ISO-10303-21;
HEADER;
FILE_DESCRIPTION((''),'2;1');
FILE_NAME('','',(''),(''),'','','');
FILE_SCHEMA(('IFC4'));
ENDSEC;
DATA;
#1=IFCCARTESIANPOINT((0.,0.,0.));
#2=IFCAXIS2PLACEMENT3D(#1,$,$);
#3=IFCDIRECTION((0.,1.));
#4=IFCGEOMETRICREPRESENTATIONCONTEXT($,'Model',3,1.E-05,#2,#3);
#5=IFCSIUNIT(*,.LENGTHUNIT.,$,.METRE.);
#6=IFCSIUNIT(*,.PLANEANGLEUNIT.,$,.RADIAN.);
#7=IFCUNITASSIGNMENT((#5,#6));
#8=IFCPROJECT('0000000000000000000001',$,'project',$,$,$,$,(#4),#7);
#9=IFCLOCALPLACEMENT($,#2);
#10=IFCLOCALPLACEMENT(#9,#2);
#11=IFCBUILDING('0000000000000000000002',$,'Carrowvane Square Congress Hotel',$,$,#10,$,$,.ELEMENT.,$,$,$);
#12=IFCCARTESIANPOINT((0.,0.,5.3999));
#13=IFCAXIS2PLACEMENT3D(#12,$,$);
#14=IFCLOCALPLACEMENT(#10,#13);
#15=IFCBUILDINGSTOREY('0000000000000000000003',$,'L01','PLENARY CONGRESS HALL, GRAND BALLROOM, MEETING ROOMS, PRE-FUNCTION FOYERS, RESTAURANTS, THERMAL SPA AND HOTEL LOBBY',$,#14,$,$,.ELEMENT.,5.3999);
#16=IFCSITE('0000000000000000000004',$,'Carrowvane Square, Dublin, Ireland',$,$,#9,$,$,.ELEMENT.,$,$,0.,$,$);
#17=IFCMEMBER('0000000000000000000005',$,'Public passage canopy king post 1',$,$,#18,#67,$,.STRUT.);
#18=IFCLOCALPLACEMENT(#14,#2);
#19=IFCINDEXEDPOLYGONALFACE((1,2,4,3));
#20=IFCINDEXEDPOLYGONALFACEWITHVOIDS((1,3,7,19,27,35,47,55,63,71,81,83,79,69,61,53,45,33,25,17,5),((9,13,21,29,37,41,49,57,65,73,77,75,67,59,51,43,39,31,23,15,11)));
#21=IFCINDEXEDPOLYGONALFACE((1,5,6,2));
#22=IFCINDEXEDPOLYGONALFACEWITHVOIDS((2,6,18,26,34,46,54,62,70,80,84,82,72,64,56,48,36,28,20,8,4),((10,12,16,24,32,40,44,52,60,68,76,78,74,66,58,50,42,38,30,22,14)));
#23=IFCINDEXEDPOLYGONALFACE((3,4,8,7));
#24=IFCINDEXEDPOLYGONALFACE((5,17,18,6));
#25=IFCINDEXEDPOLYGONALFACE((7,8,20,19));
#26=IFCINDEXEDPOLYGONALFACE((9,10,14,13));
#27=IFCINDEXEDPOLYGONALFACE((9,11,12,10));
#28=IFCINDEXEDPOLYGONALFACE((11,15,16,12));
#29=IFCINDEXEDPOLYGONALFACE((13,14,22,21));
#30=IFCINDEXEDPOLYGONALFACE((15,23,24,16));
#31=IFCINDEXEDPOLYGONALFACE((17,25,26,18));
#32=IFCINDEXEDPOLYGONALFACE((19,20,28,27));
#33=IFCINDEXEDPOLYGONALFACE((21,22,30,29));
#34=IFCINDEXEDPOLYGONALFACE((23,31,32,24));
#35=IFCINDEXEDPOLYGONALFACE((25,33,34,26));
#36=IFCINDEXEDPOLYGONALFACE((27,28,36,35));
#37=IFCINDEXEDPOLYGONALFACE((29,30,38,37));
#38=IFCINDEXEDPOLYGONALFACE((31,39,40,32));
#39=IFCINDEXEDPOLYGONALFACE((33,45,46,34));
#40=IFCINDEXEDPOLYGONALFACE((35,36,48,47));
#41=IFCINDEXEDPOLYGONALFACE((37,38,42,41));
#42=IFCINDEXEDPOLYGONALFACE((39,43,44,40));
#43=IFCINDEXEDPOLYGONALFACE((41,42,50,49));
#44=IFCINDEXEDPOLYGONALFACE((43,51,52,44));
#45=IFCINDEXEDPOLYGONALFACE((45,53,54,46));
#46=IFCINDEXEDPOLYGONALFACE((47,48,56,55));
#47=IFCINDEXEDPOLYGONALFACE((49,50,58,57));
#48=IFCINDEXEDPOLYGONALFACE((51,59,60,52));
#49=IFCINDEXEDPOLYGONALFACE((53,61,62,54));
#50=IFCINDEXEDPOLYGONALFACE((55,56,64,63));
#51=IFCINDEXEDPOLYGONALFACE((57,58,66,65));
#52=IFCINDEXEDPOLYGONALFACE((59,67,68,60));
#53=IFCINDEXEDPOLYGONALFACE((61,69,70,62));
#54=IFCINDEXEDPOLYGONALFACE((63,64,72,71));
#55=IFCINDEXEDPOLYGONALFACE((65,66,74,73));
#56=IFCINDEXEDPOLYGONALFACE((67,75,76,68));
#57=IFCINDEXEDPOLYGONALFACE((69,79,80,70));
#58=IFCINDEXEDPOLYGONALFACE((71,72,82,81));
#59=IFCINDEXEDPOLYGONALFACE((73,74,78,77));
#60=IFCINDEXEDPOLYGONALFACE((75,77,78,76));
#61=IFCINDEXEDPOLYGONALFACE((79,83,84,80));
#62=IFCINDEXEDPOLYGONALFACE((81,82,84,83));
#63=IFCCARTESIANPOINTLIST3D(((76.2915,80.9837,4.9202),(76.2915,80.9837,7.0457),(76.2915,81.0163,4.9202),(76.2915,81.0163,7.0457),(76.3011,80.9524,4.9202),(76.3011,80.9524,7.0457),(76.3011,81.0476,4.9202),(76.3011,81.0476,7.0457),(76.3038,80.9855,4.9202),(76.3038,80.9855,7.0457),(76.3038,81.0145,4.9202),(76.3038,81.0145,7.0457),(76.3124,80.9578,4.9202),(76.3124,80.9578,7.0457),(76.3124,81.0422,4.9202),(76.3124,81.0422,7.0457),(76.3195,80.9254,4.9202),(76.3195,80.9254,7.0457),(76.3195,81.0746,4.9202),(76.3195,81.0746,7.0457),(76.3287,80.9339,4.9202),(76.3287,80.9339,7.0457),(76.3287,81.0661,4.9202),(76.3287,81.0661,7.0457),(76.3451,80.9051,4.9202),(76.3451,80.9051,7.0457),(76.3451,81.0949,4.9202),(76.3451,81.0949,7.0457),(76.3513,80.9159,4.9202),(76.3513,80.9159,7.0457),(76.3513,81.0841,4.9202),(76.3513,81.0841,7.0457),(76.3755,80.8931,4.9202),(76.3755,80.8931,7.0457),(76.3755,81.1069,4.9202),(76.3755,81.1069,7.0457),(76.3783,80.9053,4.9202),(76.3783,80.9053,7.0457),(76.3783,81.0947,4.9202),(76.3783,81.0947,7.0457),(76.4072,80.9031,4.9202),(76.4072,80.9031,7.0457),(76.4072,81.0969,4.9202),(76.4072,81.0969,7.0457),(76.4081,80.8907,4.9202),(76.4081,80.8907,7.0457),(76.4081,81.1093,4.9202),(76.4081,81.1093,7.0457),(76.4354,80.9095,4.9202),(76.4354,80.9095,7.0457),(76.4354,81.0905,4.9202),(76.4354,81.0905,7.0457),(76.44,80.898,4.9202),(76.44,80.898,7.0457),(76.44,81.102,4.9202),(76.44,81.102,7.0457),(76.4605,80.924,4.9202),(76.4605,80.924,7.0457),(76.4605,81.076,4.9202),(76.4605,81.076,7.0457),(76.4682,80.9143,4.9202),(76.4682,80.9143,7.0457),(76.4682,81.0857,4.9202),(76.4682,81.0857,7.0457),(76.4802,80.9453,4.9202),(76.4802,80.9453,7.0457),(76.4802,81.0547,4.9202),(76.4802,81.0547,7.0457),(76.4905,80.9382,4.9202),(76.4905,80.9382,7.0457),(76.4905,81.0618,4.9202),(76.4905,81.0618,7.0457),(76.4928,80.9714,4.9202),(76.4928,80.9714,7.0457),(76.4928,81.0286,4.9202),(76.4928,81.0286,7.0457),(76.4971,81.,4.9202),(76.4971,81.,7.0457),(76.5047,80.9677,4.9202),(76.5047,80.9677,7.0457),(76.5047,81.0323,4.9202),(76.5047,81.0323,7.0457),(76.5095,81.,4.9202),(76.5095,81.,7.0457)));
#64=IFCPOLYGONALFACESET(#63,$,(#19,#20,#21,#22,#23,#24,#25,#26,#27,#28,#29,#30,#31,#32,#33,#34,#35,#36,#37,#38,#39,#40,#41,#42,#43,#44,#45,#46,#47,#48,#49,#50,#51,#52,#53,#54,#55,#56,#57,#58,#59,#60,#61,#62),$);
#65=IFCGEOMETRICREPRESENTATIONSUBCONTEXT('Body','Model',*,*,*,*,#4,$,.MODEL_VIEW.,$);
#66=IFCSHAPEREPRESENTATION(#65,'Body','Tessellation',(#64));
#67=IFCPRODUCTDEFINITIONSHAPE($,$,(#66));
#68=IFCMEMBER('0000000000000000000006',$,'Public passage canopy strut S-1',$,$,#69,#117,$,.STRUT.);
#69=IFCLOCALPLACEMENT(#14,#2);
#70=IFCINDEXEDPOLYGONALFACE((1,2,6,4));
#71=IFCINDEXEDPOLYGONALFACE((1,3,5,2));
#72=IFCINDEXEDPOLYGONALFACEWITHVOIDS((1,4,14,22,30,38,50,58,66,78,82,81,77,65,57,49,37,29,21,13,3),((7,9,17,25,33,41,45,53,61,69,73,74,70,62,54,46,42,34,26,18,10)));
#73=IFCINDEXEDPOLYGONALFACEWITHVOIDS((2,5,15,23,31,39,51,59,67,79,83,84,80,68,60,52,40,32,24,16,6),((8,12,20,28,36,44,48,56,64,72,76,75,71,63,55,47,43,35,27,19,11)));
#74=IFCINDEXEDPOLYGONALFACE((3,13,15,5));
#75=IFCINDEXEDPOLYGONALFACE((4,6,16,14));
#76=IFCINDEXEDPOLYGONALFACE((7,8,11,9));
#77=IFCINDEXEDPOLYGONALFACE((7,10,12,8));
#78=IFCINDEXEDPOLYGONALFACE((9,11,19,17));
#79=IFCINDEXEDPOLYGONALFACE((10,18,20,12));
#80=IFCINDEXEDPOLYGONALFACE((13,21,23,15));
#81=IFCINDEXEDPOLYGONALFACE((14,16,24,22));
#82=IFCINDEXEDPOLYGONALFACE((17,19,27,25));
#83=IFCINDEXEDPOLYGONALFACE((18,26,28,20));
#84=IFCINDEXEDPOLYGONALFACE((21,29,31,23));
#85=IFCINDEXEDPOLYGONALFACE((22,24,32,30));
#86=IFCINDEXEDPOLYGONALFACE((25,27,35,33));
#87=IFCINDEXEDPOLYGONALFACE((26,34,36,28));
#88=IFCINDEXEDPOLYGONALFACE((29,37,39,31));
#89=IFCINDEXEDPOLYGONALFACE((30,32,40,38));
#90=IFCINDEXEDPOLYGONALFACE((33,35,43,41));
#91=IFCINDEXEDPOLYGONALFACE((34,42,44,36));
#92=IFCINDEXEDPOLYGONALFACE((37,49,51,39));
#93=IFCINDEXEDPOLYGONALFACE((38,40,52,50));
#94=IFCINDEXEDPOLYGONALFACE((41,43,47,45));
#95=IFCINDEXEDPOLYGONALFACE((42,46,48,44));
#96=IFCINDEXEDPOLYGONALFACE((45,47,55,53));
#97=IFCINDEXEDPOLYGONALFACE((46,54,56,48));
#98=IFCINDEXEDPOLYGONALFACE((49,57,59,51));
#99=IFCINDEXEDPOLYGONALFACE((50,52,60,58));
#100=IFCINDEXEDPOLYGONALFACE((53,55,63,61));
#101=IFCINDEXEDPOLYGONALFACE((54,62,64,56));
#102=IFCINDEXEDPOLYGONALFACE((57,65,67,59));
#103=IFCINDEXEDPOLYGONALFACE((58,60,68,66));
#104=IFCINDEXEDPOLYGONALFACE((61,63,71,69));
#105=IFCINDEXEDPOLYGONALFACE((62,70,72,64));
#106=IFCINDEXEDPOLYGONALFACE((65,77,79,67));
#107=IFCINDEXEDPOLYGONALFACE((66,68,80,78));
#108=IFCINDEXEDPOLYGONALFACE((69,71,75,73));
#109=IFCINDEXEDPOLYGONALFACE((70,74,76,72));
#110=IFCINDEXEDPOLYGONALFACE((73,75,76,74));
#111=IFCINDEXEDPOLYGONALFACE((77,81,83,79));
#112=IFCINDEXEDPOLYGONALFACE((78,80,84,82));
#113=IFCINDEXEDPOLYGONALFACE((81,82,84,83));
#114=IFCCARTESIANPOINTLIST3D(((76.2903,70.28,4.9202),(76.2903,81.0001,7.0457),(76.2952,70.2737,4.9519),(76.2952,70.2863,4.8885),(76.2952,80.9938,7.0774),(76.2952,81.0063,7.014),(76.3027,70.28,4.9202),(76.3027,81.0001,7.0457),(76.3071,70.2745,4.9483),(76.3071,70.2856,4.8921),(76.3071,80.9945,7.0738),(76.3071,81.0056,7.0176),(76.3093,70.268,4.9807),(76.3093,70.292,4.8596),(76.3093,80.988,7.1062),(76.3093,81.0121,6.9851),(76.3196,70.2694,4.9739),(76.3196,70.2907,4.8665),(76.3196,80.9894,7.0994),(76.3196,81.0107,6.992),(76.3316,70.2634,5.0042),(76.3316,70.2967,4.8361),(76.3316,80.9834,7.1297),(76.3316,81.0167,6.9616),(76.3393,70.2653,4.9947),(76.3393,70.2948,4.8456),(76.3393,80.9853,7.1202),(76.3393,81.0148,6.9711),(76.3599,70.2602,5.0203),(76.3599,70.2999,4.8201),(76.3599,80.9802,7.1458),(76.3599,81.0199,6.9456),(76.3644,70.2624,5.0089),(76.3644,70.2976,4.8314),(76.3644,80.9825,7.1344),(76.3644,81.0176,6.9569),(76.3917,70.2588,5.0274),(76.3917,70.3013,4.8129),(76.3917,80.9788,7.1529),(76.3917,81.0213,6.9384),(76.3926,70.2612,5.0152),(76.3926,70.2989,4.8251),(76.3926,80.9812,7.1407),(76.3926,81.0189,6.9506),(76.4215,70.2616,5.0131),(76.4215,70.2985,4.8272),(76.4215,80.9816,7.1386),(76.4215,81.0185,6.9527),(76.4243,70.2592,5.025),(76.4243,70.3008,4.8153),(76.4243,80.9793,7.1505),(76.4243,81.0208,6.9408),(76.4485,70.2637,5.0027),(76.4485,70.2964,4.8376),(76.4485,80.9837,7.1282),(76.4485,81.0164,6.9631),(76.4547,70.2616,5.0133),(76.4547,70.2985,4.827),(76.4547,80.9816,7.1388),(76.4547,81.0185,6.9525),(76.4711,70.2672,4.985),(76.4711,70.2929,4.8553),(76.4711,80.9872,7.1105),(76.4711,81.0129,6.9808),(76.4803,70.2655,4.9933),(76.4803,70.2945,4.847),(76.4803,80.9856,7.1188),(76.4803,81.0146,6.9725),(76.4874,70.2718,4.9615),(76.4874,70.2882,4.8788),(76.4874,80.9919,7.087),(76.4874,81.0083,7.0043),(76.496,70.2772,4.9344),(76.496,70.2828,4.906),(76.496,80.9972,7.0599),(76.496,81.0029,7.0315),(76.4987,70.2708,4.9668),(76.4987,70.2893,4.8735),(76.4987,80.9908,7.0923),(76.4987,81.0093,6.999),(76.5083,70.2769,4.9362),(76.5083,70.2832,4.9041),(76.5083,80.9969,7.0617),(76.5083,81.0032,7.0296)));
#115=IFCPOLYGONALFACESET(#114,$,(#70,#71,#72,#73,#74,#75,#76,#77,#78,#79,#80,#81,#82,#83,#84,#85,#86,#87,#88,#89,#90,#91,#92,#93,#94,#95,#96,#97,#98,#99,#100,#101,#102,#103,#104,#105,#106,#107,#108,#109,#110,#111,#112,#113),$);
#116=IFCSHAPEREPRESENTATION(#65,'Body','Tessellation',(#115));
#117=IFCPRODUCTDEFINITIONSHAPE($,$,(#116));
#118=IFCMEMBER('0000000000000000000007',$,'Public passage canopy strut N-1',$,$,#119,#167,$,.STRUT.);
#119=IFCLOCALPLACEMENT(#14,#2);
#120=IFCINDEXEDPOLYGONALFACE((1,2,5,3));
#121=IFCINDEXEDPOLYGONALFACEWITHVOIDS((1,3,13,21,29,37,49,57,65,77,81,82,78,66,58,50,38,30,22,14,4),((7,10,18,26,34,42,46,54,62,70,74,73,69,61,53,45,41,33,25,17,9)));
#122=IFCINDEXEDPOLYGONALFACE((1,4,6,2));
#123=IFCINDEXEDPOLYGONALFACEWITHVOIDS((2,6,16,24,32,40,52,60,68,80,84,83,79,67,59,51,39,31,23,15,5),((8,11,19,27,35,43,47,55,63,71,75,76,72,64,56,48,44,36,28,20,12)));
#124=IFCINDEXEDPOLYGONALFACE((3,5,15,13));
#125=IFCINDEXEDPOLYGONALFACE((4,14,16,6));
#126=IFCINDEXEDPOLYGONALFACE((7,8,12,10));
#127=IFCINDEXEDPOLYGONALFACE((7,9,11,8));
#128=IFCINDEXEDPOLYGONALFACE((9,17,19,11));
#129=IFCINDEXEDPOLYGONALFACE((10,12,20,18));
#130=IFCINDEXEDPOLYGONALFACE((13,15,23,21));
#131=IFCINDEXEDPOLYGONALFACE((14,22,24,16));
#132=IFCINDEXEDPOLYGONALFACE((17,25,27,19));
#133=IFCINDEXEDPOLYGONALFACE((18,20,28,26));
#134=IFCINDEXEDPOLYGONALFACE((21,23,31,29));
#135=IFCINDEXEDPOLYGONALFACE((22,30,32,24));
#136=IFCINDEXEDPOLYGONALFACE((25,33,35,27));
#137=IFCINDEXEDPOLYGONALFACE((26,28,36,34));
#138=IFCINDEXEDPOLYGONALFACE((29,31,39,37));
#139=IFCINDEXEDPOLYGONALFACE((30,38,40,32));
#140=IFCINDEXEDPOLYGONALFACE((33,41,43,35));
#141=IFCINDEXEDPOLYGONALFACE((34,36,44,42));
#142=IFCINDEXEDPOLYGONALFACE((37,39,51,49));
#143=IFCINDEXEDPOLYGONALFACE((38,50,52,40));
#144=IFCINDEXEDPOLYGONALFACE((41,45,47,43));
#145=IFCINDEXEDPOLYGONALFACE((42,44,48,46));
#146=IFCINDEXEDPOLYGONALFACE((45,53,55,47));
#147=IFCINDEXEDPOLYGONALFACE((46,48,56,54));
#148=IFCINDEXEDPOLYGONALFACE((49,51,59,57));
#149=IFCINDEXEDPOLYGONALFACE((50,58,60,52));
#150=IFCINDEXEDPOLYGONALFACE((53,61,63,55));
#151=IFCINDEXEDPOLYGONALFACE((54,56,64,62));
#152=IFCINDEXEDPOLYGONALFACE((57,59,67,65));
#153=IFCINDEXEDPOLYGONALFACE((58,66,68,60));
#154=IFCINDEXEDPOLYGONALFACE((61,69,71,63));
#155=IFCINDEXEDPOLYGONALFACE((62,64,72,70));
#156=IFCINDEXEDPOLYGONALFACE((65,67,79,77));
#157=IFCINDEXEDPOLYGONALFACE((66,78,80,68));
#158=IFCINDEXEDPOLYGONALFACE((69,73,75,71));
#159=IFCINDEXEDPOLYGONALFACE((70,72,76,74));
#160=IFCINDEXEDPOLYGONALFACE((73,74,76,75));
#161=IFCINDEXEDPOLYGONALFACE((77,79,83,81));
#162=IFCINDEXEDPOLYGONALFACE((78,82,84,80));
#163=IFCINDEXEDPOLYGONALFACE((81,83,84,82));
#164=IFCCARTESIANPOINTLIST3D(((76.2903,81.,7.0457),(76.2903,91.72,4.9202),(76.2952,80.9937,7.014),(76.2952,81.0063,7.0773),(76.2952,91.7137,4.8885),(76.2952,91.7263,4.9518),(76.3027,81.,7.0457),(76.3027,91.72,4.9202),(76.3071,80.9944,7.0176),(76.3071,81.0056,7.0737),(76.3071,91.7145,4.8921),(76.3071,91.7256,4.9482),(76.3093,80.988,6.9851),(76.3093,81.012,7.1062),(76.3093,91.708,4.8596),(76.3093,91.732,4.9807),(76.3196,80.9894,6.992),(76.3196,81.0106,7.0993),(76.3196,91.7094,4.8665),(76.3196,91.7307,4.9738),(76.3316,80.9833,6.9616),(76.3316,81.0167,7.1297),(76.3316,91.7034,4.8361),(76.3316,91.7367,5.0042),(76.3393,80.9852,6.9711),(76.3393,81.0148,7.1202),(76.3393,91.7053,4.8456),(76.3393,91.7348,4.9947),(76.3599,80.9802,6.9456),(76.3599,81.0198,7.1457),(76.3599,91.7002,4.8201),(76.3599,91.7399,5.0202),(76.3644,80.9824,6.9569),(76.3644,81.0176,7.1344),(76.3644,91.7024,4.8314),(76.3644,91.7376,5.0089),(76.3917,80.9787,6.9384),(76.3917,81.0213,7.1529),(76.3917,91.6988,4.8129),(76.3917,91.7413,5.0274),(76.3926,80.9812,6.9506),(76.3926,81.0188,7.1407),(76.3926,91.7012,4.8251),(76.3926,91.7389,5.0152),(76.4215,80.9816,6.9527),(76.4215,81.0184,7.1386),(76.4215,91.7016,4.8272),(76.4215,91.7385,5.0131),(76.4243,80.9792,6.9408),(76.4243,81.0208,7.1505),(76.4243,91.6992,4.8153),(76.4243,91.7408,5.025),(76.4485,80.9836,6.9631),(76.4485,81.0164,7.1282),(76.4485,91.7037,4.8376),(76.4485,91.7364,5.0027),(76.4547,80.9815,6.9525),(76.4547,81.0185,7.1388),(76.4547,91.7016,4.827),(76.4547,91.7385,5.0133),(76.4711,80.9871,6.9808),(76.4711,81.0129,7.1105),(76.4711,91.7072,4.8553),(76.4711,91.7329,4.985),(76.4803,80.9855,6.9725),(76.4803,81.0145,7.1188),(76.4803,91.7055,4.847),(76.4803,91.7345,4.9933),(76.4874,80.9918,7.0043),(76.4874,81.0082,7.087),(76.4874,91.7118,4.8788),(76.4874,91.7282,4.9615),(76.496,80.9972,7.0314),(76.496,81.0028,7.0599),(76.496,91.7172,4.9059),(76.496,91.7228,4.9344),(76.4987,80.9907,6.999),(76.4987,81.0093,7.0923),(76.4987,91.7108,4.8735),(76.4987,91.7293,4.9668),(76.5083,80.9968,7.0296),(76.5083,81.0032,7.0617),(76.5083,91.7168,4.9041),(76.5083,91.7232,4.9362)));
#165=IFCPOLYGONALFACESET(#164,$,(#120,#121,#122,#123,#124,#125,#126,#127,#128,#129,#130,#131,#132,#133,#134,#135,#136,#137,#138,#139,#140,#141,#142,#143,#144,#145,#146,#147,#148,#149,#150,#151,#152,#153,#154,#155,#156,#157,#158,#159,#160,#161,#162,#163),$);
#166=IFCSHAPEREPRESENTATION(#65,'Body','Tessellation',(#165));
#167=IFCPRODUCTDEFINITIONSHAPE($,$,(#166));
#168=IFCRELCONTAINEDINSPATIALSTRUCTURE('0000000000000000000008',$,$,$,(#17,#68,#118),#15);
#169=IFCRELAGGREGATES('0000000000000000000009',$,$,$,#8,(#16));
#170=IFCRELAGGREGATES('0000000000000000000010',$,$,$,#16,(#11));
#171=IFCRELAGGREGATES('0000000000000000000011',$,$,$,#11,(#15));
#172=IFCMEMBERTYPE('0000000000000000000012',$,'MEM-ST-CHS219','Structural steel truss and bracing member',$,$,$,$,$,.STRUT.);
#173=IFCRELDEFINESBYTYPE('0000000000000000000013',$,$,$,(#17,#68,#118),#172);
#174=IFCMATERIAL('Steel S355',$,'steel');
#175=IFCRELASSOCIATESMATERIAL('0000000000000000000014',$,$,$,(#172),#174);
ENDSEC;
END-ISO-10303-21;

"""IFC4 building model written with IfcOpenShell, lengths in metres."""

from ifc_helpers import new_model, si_unit, direction, frame, origin, origin_2d, place, context, subcontext, project, spatial, hollow_circle, extrude, material, material_profile, profile_set, type_object, element, save


model = new_model("IFC4")

# Units and contexts
model_context = context("Model", 3, precision=1e-05, world=origin(), true_north=direction((0.0, 1.0)))
body_context = subcontext(model_context, "Body", "Model", "MODEL_VIEW")
ifc_project = project(units=[si_unit("LENGTHUNIT", "METRE"), si_unit("PLANEANGLEUNIT", "RADIAN")], contexts=[model_context])

# Site, building, storey
site_placement = place(None, origin())
site = spatial("IfcSite", under=ifc_project, at=site_placement, Name="Carrowvane Square, Dublin, Ireland", CompositionType="ELEMENT", RefElevation=0.0)
building_placement = place(site_placement, origin())
building = spatial("IfcBuilding", under=site, at=building_placement, Name="Carrowvane Square Congress Hotel", CompositionType="ELEMENT")
storey_placement = place(building_placement, frame((0.0, 0.0, 5.3999)))
storey = spatial("IfcBuildingStorey", under=building, at=storey_placement, Name="L01", Description="PLENARY CONGRESS HALL, GRAND BALLROOM, MEETING ROOMS, PRE-FUNCTION FOYERS, RESTAURANTS, THERMAL SPA AND HOTEL LOBBY", CompositionType="ELEMENT", Elevation=5.3999)

# Members
ifc_material_1 = material(Name="Steel S355", Category="steel")
ifc_material_profile_1 = material_profile(ifc_material_1, hollow_circle(Radius=0.1096, WallThickness=0.0125, at=origin_2d()), Name="CHS 219.1x12.5")
ifc_profile_set_1 = profile_set([ifc_material_profile_1], Name="Steel S355")
member_type_1 = type_object("IfcMemberType", Name="MEM-ST-CHS219", Description="Structural steel truss and bracing member", PredefinedType="STRUT", material=ifc_profile_set_1)
member_1_placement = place(storey_placement, frame((76.3999, 81.0, 4.9202), z_axis=(0.0, 0.0, 1.0), x_axis=(1.0, 0.0, 0.0)))
element("IfcMember", 1, at=member_1_placement, inside=storey, type_object=member_type_1, Name="Public passage canopy king post 1", PredefinedType="STRUT", context=body_context, shape_type="SweptSolid", body=[
    extrude(hollow_circle(Radius=0.1096, WallThickness=0.0125, at=origin_2d()), origin(), (0.0, 0.0, 1.0), 2.1255),
])
for number, where, z_axis, x_axis, name in (
    (2, (76.3999, 70.28, 4.9202), (0.0, 0.980905, 0.194488), (-1.0, 0.0, 0.0), "Public passage canopy strut S-1"),
    (3, (76.3999, 81.0, 7.0457), (0.0, 0.980905, -0.194488), (-1.0, 0.0, 0.0), "Public passage canopy strut N-1"),
):
    element("IfcMember", number, at=place(storey_placement, frame(where, z_axis=z_axis, x_axis=x_axis)), inside=storey, type_object=member_type_1, Name=name, PredefinedType="STRUT", context=body_context, shape_type="SweptSolid", body=[
        extrude(hollow_circle(Radius=0.1096, WallThickness=0.0125, at=origin_2d()), origin(), (0.0, 0.0, 1.0), 10.9287),
    ])

save(model, "model.ifc")
